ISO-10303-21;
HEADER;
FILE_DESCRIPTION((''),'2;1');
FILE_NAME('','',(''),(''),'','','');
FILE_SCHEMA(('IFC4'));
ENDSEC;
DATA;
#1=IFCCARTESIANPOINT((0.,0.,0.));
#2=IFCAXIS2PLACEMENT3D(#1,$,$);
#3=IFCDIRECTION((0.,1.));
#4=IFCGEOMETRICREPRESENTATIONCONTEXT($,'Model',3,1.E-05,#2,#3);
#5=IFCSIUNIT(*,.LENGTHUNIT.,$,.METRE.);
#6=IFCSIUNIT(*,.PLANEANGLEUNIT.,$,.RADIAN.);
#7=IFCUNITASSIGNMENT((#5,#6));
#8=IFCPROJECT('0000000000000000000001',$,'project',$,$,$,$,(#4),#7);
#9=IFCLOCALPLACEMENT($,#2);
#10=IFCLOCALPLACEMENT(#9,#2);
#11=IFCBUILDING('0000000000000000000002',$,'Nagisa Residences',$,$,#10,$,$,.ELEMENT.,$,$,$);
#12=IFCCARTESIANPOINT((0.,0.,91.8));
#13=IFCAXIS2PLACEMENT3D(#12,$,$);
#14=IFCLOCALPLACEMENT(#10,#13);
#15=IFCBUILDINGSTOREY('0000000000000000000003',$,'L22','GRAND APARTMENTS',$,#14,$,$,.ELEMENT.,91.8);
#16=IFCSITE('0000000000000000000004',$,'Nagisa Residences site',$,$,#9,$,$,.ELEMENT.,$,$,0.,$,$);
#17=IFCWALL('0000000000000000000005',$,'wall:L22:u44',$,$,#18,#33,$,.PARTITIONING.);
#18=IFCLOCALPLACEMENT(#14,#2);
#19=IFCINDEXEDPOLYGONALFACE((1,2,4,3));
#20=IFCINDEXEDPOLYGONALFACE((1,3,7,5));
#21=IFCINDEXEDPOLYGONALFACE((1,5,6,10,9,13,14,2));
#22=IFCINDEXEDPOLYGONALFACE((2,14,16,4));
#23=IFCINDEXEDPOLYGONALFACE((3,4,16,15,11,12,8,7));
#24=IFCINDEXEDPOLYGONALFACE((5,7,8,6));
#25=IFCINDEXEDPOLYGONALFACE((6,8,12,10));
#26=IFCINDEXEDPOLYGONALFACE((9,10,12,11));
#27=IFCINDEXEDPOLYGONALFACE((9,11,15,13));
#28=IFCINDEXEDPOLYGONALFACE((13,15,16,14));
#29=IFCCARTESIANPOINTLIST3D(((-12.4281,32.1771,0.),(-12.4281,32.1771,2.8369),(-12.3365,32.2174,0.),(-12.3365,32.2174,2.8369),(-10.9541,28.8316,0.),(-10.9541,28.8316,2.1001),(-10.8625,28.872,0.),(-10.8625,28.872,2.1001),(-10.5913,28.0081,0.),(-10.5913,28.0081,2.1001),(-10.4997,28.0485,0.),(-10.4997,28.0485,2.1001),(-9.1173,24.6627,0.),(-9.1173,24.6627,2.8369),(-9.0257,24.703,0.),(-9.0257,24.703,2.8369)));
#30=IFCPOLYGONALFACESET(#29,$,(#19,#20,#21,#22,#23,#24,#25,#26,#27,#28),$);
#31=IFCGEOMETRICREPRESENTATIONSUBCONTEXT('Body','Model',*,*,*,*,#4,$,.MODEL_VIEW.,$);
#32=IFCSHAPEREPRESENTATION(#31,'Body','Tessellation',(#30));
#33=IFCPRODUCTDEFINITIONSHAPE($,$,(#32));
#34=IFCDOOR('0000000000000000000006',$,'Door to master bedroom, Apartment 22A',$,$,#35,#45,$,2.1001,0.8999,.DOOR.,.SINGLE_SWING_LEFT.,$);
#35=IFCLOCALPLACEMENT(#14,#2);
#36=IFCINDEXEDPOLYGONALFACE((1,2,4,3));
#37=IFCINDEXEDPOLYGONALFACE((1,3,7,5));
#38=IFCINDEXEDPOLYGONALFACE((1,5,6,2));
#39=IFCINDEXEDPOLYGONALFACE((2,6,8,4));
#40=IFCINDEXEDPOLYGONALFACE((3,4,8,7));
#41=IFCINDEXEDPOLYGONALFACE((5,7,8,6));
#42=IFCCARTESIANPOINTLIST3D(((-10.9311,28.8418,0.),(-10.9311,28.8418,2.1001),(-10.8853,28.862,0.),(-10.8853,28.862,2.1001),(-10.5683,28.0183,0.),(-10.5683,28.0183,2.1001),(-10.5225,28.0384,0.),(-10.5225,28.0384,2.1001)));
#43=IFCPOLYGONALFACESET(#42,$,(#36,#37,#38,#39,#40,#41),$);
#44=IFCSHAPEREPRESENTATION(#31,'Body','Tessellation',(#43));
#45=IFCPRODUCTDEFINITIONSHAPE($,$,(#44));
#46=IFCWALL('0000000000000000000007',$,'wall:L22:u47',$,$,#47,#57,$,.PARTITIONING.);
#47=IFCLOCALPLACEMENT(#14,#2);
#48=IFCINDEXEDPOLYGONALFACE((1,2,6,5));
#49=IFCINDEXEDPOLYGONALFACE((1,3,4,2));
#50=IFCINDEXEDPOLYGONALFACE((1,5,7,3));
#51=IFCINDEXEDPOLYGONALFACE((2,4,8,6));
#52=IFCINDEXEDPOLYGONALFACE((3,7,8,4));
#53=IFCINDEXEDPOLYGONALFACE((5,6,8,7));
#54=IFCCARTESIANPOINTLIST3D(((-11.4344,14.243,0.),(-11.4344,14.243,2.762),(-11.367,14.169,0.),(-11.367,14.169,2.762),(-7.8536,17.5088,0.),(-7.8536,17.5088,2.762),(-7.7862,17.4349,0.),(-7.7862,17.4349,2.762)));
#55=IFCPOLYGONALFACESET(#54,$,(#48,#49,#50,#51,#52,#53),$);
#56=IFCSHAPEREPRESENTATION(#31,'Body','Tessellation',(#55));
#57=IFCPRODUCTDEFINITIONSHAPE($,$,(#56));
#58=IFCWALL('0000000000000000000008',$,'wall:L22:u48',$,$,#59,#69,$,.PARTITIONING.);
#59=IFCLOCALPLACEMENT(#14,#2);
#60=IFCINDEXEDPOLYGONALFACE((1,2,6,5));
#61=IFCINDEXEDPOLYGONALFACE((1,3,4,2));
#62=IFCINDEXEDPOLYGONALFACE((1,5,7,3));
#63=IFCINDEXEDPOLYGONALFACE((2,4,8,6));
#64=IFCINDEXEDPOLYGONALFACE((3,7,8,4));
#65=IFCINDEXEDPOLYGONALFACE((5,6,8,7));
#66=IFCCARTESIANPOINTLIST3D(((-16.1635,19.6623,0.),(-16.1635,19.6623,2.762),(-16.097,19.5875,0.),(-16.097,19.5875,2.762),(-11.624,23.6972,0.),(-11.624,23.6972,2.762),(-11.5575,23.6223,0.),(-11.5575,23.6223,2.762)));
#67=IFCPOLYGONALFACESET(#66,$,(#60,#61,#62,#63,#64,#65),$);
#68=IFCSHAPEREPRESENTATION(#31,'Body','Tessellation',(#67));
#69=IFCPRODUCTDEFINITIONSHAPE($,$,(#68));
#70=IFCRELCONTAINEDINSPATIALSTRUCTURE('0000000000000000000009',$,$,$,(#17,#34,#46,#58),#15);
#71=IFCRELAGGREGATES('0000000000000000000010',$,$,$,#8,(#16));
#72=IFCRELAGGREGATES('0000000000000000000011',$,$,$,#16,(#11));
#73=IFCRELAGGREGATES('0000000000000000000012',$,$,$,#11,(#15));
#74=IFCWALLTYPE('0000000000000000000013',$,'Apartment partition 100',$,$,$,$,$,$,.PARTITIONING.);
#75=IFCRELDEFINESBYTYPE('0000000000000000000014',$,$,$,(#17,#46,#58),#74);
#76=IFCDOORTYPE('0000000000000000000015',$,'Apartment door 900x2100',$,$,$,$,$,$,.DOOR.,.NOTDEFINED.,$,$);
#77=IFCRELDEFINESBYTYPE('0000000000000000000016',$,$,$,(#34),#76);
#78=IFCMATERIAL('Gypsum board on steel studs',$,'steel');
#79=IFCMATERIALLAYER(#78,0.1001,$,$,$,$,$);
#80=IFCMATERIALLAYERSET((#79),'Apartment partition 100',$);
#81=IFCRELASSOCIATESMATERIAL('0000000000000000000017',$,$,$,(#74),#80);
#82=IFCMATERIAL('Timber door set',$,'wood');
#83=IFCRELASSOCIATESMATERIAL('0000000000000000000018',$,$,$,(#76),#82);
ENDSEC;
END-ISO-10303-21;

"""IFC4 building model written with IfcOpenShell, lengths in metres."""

from ifc_helpers import new_model, si_unit, direction, frame, frame_2d, origin, place, context, subcontext, project, spatial, rectangle, extrude, material, layer, layer_set, type_object, element, fill, save


model = new_model("IFC4")

# Units and contexts
model_context = context("Model", 3, precision=1e-05, world=origin(), true_north=direction((0.0, 1.0)))
body_context = subcontext(model_context, "Body", "Model", "MODEL_VIEW")
ifc_project = project(units=[si_unit("LENGTHUNIT", "METRE"), si_unit("PLANEANGLEUNIT", "RADIAN")], contexts=[model_context])

# Site, building, storey
site_placement = place(None, origin())
site = spatial("IfcSite", under=ifc_project, at=site_placement, Name="Nagisa Residences site", CompositionType="ELEMENT", RefElevation=0.0)
building_placement = place(site_placement, origin())
building = spatial("IfcBuilding", under=site, at=building_placement, Name="Nagisa Residences", CompositionType="ELEMENT")
storey_placement = place(building_placement, frame((0.0, 0.0, 91.8)))
storey = spatial("IfcBuildingStorey", under=building, at=storey_placement, Name="L22", Description="GRAND APARTMENTS", CompositionType="ELEMENT", Elevation=91.8)

# Shared definitions
ifc_material_1 = material(Name="Gypsum board on steel studs", Category="steel")
ifc_layer_1 = layer(ifc_material_1, 0.1001)
ifc_layer_set_1 = layer_set([ifc_layer_1], Name="Apartment partition 100")
wall_type_1 = type_object("IfcWallType", Name="Apartment partition 100", PredefinedType="PARTITIONING", material=ifc_layer_set_1)

# Shared definitions
ifc_material_2 = material(Name="Timber door set", Category="wood")
door_type_1 = type_object("IfcDoorType", Name="Apartment door 900x2100", OperationType="NOTDEFINED", PredefinedType="DOOR", material=ifc_material_2)

# Wall, opening, door
wall_1_placement = place(storey_placement, frame((-9.0715, 24.6829, 0.0), z_axis=(0.0, 0.0, 1.0), x_axis=(-0.403193, 0.915115, 0.0)))
wall_1 = element("IfcWall", 1, at=wall_1_placement, inside=storey, type_object=wall_type_1, Name="wall:L22:u44", PredefinedType="PARTITIONING", context=body_context, shape_type="SweptSolid", body=[
    extrude(rectangle(XDim=8.2114, YDim=0.1001, at=frame_2d((4.1057, 0.0))), origin(), (0.0, 0.0, 1.0), 2.8369),
])
opening_1_placement = place(wall_1_placement, frame((3.6558, 0.0, 0.0)))
opening_1 = element("IfcOpeningElement", 2, at=opening_1_placement, cuts=wall_1, PredefinedType="OPENING", context=body_context, shape_type="SweptSolid", body=[
    extrude(rectangle(XDim=0.8999, YDim=2.1001, at=frame_2d((0.45, 1.05))), frame((0.0, 0.0601, 0.0), z_axis=(0.0, -1.0, 0.0), x_axis=(1.0, 0.0, 0.0)), (0.0, 0.0, 1.0), 0.1201),
])
door_1_placement = place(opening_1_placement, origin())
door_1 = element("IfcDoor", 3, at=door_1_placement, inside=storey, type_object=door_type_1, Name="Door to master bedroom, Apartment 22A", OperationType="SINGLE_SWING_LEFT", OverallHeight=2.1001, OverallWidth=0.8999, PredefinedType="DOOR", context=body_context, shape_type="SweptSolid", body=[
    extrude(rectangle(XDim=0.8999, YDim=2.1001, at=frame_2d((0.45, 1.05))), frame((0.0, 0.0249, 0.0), z_axis=(0.0, -1.0, 0.0), x_axis=(1.0, 0.0, 0.0)), (0.0, 0.0, 1.0), 0.05),
])
fill(opening_1, door_1)

# Walls
wall_2_placement = place(storey_placement, frame((-7.8198, 17.4719, 0.0), z_axis=(0.0, 0.0, 1.0), x_axis=(-0.738852, -0.673868, 0.0)))
element("IfcWall", 4, at=wall_2_placement, inside=storey, type_object=wall_type_1, Name="wall:L22:u47", PredefinedType="PARTITIONING", context=body_context, shape_type="SweptSolid", body=[
    extrude(rectangle(XDim=4.8464, YDim=0.1001, at=frame_2d((2.4233, 0.0))), origin(), (0.0, 0.0, 1.0), 2.762),
])
wall_3_placement = place(storey_placement, frame((-11.5908, 23.6597, 0.0), z_axis=(0.0, 0.0, 1.0), x_axis=(-0.747429, -0.664341, 0.0)))
element("IfcWall", 5, at=wall_3_placement, inside=storey, type_object=wall_type_1, Name="wall:L22:u48", PredefinedType="PARTITIONING", context=body_context, shape_type="SweptSolid", body=[
    extrude(rectangle(XDim=6.0735, YDim=0.1001, at=frame_2d((3.0366, 0.0))), origin(), (0.0, 0.0, 1.0), 2.762),
])

save(model, "model.ifc")
